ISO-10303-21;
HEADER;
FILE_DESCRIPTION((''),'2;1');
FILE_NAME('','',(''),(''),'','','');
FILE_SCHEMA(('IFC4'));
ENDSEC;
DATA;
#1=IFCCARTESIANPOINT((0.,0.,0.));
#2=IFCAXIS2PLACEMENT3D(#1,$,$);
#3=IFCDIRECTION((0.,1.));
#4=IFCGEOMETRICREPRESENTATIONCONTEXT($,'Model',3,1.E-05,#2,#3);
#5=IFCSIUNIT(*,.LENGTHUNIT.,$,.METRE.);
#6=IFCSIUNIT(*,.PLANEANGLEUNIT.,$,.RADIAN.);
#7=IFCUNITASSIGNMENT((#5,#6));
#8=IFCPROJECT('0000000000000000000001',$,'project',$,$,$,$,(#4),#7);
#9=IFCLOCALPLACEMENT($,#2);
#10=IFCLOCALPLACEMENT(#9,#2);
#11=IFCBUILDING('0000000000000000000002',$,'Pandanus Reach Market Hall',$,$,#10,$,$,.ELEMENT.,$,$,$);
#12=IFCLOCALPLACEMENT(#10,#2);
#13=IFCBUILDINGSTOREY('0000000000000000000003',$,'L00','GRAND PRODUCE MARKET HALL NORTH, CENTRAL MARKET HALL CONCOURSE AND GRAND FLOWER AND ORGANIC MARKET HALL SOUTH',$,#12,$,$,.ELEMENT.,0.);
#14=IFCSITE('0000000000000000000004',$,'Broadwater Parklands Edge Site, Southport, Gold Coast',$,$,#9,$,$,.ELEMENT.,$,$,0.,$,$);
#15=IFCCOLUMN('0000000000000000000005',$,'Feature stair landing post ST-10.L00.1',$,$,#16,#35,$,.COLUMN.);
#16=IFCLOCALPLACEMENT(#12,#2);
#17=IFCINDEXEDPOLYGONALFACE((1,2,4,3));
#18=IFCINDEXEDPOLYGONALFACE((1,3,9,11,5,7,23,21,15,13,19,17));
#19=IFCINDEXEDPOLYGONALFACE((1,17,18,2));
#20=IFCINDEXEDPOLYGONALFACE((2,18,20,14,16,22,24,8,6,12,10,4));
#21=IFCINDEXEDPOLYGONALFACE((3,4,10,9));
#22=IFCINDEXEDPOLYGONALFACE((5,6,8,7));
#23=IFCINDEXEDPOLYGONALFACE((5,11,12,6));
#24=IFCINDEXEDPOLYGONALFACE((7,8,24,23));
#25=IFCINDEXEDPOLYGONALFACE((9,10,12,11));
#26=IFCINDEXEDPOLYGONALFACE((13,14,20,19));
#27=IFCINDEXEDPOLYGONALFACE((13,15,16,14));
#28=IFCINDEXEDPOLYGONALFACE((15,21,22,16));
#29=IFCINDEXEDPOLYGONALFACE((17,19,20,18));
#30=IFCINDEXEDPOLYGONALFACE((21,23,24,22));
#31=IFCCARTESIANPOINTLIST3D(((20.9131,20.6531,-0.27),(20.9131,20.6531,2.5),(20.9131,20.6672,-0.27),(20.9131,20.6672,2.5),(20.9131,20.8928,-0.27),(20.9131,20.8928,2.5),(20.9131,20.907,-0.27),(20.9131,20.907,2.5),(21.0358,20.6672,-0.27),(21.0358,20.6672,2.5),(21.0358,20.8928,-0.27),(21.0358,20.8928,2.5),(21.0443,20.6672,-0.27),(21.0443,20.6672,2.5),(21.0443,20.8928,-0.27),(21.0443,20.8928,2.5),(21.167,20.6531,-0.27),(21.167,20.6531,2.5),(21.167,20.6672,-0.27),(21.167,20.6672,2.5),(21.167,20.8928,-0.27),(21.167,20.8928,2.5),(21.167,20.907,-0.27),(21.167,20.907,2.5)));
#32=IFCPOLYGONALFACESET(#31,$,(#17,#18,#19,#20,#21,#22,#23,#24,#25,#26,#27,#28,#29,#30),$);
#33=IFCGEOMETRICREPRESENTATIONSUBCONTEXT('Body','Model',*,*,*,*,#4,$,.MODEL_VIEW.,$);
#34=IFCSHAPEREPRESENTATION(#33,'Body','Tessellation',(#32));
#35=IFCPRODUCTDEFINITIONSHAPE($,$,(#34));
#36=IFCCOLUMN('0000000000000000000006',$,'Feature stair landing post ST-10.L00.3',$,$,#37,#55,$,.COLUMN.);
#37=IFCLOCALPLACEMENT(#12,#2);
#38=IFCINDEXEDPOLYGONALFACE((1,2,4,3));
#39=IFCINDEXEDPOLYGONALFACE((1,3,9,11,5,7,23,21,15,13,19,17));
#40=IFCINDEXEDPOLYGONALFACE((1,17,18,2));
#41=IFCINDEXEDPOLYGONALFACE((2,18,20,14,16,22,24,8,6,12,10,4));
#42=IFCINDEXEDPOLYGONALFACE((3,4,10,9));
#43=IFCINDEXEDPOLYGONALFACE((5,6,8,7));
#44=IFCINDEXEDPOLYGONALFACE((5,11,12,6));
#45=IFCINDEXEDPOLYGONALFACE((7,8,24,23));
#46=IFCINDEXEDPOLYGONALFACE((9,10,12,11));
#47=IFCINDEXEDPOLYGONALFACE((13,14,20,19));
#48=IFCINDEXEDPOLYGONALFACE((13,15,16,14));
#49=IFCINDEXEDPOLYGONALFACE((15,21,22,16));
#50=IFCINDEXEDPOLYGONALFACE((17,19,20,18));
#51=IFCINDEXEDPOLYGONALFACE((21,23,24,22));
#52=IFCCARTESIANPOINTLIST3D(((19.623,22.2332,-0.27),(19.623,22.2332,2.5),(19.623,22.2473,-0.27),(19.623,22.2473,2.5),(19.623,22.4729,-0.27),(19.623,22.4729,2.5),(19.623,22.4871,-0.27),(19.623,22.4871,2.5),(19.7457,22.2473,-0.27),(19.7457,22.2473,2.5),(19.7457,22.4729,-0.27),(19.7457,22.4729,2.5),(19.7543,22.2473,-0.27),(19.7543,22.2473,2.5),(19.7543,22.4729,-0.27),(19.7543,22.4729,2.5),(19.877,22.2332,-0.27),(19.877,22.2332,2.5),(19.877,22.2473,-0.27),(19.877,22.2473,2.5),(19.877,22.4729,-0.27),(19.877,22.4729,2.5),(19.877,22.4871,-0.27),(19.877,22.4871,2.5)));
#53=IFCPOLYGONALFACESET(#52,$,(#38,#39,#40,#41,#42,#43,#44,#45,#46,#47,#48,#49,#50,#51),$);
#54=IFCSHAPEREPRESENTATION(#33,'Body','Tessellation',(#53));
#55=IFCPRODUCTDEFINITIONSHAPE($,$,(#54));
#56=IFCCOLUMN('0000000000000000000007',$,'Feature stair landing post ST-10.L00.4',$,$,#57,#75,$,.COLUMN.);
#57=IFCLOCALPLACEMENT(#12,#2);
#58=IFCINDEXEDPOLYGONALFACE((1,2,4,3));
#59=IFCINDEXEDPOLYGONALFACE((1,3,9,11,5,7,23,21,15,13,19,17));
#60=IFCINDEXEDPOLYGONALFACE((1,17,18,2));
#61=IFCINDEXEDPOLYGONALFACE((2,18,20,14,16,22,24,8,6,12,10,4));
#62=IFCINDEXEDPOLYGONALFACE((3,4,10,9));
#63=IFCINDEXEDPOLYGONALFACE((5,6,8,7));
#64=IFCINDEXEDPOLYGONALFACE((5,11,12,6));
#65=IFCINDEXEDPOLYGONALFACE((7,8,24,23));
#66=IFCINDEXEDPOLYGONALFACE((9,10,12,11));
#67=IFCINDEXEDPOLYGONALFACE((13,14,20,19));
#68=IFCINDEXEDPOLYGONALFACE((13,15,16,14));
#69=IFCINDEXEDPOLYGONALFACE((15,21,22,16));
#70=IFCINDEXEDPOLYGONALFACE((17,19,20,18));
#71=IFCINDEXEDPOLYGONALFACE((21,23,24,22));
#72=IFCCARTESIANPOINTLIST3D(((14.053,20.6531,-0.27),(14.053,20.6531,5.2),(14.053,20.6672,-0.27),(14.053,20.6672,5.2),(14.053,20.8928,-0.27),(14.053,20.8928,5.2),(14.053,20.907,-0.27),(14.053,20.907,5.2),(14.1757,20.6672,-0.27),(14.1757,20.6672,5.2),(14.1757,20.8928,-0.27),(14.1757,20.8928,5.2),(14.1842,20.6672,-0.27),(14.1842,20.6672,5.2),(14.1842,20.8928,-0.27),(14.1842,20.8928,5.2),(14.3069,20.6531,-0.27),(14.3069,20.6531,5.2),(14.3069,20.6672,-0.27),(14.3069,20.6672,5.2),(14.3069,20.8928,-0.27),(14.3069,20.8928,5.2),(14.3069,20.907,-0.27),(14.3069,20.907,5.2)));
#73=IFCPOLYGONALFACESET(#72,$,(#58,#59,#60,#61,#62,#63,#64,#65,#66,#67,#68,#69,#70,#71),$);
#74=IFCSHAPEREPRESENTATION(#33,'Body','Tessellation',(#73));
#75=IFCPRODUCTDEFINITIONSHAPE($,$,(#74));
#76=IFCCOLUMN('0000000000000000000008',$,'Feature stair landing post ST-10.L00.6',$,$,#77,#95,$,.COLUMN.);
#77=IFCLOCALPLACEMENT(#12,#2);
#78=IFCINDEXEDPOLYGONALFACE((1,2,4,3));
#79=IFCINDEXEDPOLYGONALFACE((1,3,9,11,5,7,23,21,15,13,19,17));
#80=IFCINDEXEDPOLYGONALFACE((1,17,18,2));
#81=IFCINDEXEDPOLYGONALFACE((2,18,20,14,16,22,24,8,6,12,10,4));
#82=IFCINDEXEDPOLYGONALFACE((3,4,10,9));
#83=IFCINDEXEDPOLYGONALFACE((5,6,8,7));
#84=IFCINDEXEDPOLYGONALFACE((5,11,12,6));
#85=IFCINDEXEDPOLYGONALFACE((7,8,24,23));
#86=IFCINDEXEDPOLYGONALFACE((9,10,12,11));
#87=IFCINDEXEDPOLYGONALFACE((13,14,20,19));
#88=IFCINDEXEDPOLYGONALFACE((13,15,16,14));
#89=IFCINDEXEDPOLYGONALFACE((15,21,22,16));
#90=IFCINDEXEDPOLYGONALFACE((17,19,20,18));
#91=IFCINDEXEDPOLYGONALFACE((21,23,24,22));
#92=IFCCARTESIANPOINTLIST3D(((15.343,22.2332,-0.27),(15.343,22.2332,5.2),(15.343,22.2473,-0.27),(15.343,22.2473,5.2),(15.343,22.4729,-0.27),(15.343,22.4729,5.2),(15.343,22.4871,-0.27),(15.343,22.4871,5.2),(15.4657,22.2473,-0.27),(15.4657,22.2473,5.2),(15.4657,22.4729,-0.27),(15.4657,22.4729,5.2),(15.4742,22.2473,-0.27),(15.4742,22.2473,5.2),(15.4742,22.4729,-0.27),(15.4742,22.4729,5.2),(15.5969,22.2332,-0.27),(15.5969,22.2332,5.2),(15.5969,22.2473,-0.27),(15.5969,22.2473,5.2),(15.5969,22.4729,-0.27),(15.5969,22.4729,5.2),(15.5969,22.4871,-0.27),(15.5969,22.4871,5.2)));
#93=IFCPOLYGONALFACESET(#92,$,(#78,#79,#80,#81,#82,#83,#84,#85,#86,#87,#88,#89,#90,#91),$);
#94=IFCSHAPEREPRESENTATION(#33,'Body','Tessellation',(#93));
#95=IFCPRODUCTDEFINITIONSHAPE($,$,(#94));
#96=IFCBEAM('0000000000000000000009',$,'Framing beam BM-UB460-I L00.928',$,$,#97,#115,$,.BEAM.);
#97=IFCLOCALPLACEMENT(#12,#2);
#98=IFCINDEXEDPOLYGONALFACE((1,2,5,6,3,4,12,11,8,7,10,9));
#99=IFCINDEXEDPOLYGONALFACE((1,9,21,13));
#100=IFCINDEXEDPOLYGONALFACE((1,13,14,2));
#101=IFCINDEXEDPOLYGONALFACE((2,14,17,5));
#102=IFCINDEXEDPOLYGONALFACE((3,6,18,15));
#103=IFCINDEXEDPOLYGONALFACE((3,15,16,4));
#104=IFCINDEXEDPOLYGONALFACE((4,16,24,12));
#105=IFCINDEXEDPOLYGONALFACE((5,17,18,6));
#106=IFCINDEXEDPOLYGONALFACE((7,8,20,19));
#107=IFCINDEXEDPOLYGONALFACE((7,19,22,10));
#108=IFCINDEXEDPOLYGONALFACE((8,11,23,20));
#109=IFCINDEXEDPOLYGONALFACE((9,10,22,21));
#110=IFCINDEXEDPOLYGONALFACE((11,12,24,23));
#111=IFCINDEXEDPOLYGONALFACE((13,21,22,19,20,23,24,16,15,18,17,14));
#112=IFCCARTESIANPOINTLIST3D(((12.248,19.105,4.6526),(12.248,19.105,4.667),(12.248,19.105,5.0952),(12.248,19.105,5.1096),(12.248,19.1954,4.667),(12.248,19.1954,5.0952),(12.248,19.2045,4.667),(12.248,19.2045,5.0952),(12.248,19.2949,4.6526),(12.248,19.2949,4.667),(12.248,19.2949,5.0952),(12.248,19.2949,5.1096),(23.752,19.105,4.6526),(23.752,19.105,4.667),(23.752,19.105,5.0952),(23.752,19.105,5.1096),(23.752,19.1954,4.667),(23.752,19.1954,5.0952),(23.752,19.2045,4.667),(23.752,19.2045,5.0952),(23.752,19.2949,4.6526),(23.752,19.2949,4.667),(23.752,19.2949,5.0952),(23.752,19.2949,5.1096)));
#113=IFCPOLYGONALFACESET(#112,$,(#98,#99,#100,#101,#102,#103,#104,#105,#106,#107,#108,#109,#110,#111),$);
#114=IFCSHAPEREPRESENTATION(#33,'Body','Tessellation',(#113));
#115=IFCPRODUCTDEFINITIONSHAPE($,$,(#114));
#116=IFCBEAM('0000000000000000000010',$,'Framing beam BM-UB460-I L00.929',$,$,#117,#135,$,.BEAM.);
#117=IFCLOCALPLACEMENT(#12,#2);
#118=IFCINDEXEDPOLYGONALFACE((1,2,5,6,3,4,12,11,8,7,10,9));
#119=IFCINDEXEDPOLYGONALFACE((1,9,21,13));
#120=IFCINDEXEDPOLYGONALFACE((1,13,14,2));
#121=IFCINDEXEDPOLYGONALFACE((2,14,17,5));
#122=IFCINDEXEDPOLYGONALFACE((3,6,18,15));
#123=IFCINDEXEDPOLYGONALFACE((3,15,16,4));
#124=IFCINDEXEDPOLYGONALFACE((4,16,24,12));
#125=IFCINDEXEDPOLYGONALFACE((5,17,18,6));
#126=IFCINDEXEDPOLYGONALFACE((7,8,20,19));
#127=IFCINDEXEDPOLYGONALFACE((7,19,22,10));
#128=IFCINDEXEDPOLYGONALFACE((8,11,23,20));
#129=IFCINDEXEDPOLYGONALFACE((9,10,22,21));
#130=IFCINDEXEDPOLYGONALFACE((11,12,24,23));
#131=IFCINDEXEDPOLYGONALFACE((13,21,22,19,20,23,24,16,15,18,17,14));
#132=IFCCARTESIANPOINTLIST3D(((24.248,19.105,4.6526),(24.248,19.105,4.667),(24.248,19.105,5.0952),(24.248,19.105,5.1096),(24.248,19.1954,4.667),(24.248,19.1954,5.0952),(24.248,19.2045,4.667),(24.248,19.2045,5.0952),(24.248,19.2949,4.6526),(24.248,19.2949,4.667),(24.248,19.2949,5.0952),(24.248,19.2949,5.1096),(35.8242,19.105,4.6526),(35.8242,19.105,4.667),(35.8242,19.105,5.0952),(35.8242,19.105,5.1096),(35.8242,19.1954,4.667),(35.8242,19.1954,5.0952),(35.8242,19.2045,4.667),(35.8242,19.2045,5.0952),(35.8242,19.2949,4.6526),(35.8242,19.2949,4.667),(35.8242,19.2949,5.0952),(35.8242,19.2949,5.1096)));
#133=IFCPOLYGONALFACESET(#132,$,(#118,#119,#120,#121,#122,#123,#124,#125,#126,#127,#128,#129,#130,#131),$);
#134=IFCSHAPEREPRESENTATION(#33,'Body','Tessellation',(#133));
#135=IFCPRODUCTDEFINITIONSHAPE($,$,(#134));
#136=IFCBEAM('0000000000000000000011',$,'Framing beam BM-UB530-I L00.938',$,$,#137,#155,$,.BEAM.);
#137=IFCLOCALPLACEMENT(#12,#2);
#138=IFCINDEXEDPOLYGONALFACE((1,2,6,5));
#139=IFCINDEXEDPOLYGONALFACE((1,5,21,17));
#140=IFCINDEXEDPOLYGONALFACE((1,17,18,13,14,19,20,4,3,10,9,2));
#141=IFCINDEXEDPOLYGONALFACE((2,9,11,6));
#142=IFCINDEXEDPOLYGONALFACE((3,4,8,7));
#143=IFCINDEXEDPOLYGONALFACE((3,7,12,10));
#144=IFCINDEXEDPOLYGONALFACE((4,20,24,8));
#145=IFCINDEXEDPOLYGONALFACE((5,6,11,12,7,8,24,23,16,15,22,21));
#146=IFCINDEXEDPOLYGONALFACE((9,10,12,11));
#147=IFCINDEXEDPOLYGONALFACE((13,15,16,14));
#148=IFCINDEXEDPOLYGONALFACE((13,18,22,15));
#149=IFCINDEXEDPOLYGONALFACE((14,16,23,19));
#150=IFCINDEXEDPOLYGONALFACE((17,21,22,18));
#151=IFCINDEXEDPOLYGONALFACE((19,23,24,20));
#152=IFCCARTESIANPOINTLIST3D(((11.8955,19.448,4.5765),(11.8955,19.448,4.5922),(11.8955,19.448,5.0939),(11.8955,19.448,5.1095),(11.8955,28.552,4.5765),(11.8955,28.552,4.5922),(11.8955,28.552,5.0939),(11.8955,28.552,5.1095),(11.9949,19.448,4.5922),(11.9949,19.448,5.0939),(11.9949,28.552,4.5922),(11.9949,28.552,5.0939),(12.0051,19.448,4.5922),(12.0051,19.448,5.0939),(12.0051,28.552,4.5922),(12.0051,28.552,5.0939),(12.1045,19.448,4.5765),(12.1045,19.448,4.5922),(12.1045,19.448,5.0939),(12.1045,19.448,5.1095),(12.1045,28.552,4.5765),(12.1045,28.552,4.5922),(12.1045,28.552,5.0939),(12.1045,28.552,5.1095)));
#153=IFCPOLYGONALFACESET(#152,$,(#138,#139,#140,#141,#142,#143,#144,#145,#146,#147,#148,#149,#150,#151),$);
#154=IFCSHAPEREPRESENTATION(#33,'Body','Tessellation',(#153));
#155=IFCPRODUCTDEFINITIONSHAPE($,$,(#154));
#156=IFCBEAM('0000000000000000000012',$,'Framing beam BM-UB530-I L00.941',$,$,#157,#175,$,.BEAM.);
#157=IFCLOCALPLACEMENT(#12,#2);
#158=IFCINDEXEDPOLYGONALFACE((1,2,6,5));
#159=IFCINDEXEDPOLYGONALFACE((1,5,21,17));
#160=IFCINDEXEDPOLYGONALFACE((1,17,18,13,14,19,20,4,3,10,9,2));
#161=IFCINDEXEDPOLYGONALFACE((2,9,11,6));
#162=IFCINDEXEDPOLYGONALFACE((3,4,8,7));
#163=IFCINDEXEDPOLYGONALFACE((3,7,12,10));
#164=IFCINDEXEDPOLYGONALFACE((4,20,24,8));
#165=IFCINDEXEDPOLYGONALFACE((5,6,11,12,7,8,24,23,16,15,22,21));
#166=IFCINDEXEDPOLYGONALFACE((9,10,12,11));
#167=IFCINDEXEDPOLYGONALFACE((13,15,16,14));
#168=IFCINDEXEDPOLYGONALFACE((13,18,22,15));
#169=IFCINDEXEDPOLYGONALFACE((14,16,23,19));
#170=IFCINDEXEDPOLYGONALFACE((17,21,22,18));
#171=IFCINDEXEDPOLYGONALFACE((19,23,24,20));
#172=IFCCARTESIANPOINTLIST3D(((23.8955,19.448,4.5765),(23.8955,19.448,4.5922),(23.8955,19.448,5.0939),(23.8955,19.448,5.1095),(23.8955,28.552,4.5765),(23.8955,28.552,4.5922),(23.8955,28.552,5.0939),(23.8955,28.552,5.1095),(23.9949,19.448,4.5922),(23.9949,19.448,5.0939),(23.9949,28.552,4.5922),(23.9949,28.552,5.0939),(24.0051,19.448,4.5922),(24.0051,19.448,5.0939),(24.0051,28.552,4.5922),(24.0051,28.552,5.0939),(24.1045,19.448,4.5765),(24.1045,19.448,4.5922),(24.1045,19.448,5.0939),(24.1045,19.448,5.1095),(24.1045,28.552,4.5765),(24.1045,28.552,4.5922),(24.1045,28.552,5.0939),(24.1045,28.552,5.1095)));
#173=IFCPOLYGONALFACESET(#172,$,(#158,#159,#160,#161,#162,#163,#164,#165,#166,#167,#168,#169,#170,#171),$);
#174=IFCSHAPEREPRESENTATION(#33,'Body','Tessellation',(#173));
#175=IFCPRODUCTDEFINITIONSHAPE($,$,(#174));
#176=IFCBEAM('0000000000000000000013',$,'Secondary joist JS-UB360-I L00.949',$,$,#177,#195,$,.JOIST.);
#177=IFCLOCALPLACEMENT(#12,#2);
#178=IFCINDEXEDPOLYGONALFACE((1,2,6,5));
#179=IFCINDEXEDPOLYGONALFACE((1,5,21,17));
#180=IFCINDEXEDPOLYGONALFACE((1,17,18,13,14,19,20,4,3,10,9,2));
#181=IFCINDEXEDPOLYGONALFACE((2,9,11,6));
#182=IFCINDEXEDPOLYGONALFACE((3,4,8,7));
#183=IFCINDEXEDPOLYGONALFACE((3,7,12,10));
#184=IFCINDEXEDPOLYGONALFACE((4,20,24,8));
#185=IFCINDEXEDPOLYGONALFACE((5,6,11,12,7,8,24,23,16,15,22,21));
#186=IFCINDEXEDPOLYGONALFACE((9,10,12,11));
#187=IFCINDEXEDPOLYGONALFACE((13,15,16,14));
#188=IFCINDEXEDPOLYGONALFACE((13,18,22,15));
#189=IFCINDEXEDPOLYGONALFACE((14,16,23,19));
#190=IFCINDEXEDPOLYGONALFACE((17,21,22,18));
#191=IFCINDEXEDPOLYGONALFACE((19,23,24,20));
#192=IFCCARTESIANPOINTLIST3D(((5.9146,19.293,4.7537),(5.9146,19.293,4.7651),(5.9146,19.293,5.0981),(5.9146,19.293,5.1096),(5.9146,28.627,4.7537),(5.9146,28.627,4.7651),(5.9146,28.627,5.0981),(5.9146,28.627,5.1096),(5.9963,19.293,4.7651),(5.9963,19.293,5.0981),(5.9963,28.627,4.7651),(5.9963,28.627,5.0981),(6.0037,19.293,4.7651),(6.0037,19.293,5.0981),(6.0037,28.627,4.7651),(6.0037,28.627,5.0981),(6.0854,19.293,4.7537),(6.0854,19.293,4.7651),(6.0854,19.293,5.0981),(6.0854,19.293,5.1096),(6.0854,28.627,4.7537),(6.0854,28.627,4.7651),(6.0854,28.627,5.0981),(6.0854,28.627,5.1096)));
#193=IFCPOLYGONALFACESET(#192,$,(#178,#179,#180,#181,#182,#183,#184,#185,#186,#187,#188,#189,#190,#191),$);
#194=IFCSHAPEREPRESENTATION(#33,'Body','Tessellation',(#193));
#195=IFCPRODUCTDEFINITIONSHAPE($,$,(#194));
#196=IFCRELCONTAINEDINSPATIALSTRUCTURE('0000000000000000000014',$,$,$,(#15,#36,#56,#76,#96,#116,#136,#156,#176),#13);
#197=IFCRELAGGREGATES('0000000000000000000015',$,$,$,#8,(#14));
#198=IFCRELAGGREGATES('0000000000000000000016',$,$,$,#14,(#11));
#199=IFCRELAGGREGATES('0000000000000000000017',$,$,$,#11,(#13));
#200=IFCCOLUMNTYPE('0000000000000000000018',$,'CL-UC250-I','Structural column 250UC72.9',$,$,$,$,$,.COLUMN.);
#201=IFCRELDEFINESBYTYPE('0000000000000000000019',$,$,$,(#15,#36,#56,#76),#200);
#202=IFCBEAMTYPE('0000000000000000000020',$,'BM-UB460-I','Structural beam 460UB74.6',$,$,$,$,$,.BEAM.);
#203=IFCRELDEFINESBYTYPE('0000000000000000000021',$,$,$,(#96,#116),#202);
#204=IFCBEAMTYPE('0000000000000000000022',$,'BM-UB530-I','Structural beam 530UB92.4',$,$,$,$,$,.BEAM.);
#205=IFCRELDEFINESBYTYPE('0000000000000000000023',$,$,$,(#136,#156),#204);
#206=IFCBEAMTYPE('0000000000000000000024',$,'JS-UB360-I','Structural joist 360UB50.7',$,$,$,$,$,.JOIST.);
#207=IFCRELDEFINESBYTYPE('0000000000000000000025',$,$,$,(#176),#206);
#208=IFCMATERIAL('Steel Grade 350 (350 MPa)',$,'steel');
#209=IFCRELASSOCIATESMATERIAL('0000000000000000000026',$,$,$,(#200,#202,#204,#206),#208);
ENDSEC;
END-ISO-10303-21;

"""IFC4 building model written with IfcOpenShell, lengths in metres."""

from ifc_helpers import new_model, si_unit, direction, frame, origin, origin_2d, place, context, subcontext, project, spatial, i_section, extrude, material, material_profile, profile_set, type_object, element, save


model = new_model("IFC4")

# Units and contexts
model_context = context("Model", 3, precision=1e-05, world=origin(), true_north=direction((0.0, 1.0)))
body_context = subcontext(model_context, "Body", "Model", "MODEL_VIEW")
ifc_project = project(units=[si_unit("LENGTHUNIT", "METRE"), si_unit("PLANEANGLEUNIT", "RADIAN")], contexts=[model_context])

# Site, building, storey
site_placement = place(None, origin())
site = spatial("IfcSite", under=ifc_project, at=site_placement, Name="Broadwater Parklands Edge Site, Southport, Gold Coast", CompositionType="ELEMENT", RefElevation=0.0)
building_placement = place(site_placement, origin())
building = spatial("IfcBuilding", under=site, at=building_placement, Name="Pandanus Reach Market Hall", CompositionType="ELEMENT")
storey_placement = place(building_placement, origin())
storey = spatial("IfcBuildingStorey", under=building, at=storey_placement, Name="L00", Description="GRAND PRODUCE MARKET HALL NORTH, CENTRAL MARKET HALL CONCOURSE AND GRAND FLOWER AND ORGANIC MARKET HALL SOUTH", CompositionType="ELEMENT", Elevation=0.0)

# Columns
ifc_material_1 = material(Name="Steel Grade 350 (350 MPa)", Category="steel")
ifc_material_profile_1 = material_profile(ifc_material_1, i_section(OverallWidth=0.2539, OverallDepth=0.2539, WebThickness=0.0085, FlangeThickness=0.0142, at=origin_2d()), Name="250UC72.9", Category="LoadBearing")
ifc_profile_set_1 = profile_set([ifc_material_profile_1], Name="Steel Grade 350 (350 MPa)")
column_type_1 = type_object("IfcColumnType", Name="CL-UC250-I", Description="Structural column 250UC72.9", PredefinedType="COLUMN", material=ifc_profile_set_1)
for number, where, z_axis, x_axis, name in (
    (1, (21.04, 20.78, -0.27), (0.0, 0.0, 1.0), (1.0, 0.0, 0.0), "Feature stair landing post ST-10.L00.1"),
    (2, (19.75, 22.3601, -0.27), (0.0, 0.0, 1.0), (1.0, 0.0, 0.0), "Feature stair landing post ST-10.L00.3"),
):
    element("IfcColumn", number, at=place(storey_placement, frame(where, z_axis=z_axis, x_axis=x_axis)), inside=storey, type_object=column_type_1, Name=name, PredefinedType="COLUMN", context=body_context, shape_type="SweptSolid", body=[
        extrude(i_section(OverallWidth=0.2539, OverallDepth=0.2539, WebThickness=0.0085, FlangeThickness=0.0142, at=origin_2d()), origin(), (0.0, 0.0, 1.0), 2.77),
    ])
for number, where, z_axis, x_axis, name in (
    (3, (14.1799, 20.78, -0.27), (0.0, 0.0, 1.0), (1.0, 0.0, 0.0), "Feature stair landing post ST-10.L00.4"),
    (4, (15.47, 22.3601, -0.27), (0.0, 0.0, 1.0), (1.0, 0.0, 0.0), "Feature stair landing post ST-10.L00.6"),
):
    element("IfcColumn", number, at=place(storey_placement, frame(where, z_axis=z_axis, x_axis=x_axis)), inside=storey, type_object=column_type_1, Name=name, PredefinedType="COLUMN", context=body_context, shape_type="SweptSolid", body=[
        extrude(i_section(OverallWidth=0.2539, OverallDepth=0.2539, WebThickness=0.0085, FlangeThickness=0.0142, at=origin_2d()), origin(), (0.0, 0.0, 1.0), 5.47),
    ])

# Beams
ifc_material_profile_2 = material_profile(ifc_material_1, i_section(OverallWidth=0.1899, OverallDepth=0.457, WebThickness=0.009, FlangeThickness=0.0144, at=origin_2d()), Name="460UB74.6", Category="LoadBearing")
ifc_profile_set_2 = profile_set([ifc_material_profile_2], Name="Steel Grade 350 (350 MPa)")
beam_type_1 = type_object("IfcBeamType", Name="BM-UB460-I", Description="Structural beam 460UB74.6", PredefinedType="BEAM", material=ifc_profile_set_2)
beam_1_placement = place(storey_placement, frame((12.248, 19.2, 4.8811), z_axis=(1.0, 0.0, 0.0), x_axis=(0.0, 1.0, 0.0)))
element("IfcBeam", 5, at=beam_1_placement, inside=storey, type_object=beam_type_1, Name="Framing beam BM-UB460-I L00.928", PredefinedType="BEAM", context=body_context, shape_type="SweptSolid", body=[
    extrude(i_section(OverallWidth=0.1899, OverallDepth=0.457, WebThickness=0.009, FlangeThickness=0.0144, at=origin_2d()), origin(), (0.0, 0.0, 1.0), 11.5039),
])
beam_2_placement = place(storey_placement, frame((24.248, 19.2, 4.8811), z_axis=(1.0, 0.0, 0.0), x_axis=(0.0, 1.0, 0.0)))
element("IfcBeam", 6, at=beam_2_placement, inside=storey, type_object=beam_type_1, Name="Framing beam BM-UB460-I L00.929", PredefinedType="BEAM", context=body_context, shape_type="SweptSolid", body=[
    extrude(i_section(OverallWidth=0.1899, OverallDepth=0.457, WebThickness=0.009, FlangeThickness=0.0144, at=origin_2d()), origin(), (0.0, 0.0, 1.0), 11.5762),
])
ifc_material_profile_3 = material_profile(ifc_material_1, i_section(OverallWidth=0.209, OverallDepth=0.533, WebThickness=0.0103, FlangeThickness=0.0156, at=origin_2d()), Name="530UB92.4", Category="LoadBearing")
ifc_profile_set_3 = profile_set([ifc_material_profile_3], Name="Steel Grade 350 (350 MPa)")
beam_type_2 = type_object("IfcBeamType", Name="BM-UB530-I", Description="Structural beam 530UB92.4", PredefinedType="BEAM", material=ifc_profile_set_3)
for number, where, z_axis, x_axis, name in (
    (7, (12.0, 19.448, 4.843), (0.0, 1.0, 0.0), (-1.0, 0.0, 0.0), "Framing beam BM-UB530-I L00.938"),
    (8, (24.0, 19.448, 4.843), (0.0, 1.0, 0.0), (-1.0, 0.0, 0.0), "Framing beam BM-UB530-I L00.941"),
):
    element("IfcBeam", number, at=place(storey_placement, frame(where, z_axis=z_axis, x_axis=x_axis)), inside=storey, type_object=beam_type_2, Name=name, PredefinedType="BEAM", context=body_context, shape_type="SweptSolid", body=[
        extrude(i_section(OverallWidth=0.209, OverallDepth=0.533, WebThickness=0.0103, FlangeThickness=0.0156, at=origin_2d()), origin(), (0.0, 0.0, 1.0), 9.104),
    ])
ifc_material_profile_4 = material_profile(ifc_material_1, i_section(OverallWidth=0.1709, OverallDepth=0.356, WebThickness=0.0073, FlangeThickness=0.0115, at=origin_2d()), Name="360UB50.7", Category="LoadBearing")
ifc_profile_set_4 = profile_set([ifc_material_profile_4], Name="Steel Grade 350 (350 MPa)")
beam_type_3 = type_object("IfcBeamType", Name="JS-UB360-I", Description="Structural joist 360UB50.7", PredefinedType="JOIST", material=ifc_profile_set_4)
for number, where, z_axis, x_axis, name in (
    (9, (6.0, 19.293, 4.9316), (0.0, 1.0, 0.0), (-1.0, 0.0, 0.0), "Secondary joist JS-UB360-I L00.949"),
):
    element("IfcBeam", number, at=place(storey_placement, frame(where, z_axis=z_axis, x_axis=x_axis)), inside=storey, type_object=beam_type_3, Name=name, PredefinedType="JOIST", context=body_context, shape_type="SweptSolid", body=[
        extrude(i_section(OverallWidth=0.1709, OverallDepth=0.356, WebThickness=0.0073, FlangeThickness=0.0115, at=origin_2d()), origin(), (0.0, 0.0, 1.0), 9.334),
    ])

save(model, "model.ifc")
